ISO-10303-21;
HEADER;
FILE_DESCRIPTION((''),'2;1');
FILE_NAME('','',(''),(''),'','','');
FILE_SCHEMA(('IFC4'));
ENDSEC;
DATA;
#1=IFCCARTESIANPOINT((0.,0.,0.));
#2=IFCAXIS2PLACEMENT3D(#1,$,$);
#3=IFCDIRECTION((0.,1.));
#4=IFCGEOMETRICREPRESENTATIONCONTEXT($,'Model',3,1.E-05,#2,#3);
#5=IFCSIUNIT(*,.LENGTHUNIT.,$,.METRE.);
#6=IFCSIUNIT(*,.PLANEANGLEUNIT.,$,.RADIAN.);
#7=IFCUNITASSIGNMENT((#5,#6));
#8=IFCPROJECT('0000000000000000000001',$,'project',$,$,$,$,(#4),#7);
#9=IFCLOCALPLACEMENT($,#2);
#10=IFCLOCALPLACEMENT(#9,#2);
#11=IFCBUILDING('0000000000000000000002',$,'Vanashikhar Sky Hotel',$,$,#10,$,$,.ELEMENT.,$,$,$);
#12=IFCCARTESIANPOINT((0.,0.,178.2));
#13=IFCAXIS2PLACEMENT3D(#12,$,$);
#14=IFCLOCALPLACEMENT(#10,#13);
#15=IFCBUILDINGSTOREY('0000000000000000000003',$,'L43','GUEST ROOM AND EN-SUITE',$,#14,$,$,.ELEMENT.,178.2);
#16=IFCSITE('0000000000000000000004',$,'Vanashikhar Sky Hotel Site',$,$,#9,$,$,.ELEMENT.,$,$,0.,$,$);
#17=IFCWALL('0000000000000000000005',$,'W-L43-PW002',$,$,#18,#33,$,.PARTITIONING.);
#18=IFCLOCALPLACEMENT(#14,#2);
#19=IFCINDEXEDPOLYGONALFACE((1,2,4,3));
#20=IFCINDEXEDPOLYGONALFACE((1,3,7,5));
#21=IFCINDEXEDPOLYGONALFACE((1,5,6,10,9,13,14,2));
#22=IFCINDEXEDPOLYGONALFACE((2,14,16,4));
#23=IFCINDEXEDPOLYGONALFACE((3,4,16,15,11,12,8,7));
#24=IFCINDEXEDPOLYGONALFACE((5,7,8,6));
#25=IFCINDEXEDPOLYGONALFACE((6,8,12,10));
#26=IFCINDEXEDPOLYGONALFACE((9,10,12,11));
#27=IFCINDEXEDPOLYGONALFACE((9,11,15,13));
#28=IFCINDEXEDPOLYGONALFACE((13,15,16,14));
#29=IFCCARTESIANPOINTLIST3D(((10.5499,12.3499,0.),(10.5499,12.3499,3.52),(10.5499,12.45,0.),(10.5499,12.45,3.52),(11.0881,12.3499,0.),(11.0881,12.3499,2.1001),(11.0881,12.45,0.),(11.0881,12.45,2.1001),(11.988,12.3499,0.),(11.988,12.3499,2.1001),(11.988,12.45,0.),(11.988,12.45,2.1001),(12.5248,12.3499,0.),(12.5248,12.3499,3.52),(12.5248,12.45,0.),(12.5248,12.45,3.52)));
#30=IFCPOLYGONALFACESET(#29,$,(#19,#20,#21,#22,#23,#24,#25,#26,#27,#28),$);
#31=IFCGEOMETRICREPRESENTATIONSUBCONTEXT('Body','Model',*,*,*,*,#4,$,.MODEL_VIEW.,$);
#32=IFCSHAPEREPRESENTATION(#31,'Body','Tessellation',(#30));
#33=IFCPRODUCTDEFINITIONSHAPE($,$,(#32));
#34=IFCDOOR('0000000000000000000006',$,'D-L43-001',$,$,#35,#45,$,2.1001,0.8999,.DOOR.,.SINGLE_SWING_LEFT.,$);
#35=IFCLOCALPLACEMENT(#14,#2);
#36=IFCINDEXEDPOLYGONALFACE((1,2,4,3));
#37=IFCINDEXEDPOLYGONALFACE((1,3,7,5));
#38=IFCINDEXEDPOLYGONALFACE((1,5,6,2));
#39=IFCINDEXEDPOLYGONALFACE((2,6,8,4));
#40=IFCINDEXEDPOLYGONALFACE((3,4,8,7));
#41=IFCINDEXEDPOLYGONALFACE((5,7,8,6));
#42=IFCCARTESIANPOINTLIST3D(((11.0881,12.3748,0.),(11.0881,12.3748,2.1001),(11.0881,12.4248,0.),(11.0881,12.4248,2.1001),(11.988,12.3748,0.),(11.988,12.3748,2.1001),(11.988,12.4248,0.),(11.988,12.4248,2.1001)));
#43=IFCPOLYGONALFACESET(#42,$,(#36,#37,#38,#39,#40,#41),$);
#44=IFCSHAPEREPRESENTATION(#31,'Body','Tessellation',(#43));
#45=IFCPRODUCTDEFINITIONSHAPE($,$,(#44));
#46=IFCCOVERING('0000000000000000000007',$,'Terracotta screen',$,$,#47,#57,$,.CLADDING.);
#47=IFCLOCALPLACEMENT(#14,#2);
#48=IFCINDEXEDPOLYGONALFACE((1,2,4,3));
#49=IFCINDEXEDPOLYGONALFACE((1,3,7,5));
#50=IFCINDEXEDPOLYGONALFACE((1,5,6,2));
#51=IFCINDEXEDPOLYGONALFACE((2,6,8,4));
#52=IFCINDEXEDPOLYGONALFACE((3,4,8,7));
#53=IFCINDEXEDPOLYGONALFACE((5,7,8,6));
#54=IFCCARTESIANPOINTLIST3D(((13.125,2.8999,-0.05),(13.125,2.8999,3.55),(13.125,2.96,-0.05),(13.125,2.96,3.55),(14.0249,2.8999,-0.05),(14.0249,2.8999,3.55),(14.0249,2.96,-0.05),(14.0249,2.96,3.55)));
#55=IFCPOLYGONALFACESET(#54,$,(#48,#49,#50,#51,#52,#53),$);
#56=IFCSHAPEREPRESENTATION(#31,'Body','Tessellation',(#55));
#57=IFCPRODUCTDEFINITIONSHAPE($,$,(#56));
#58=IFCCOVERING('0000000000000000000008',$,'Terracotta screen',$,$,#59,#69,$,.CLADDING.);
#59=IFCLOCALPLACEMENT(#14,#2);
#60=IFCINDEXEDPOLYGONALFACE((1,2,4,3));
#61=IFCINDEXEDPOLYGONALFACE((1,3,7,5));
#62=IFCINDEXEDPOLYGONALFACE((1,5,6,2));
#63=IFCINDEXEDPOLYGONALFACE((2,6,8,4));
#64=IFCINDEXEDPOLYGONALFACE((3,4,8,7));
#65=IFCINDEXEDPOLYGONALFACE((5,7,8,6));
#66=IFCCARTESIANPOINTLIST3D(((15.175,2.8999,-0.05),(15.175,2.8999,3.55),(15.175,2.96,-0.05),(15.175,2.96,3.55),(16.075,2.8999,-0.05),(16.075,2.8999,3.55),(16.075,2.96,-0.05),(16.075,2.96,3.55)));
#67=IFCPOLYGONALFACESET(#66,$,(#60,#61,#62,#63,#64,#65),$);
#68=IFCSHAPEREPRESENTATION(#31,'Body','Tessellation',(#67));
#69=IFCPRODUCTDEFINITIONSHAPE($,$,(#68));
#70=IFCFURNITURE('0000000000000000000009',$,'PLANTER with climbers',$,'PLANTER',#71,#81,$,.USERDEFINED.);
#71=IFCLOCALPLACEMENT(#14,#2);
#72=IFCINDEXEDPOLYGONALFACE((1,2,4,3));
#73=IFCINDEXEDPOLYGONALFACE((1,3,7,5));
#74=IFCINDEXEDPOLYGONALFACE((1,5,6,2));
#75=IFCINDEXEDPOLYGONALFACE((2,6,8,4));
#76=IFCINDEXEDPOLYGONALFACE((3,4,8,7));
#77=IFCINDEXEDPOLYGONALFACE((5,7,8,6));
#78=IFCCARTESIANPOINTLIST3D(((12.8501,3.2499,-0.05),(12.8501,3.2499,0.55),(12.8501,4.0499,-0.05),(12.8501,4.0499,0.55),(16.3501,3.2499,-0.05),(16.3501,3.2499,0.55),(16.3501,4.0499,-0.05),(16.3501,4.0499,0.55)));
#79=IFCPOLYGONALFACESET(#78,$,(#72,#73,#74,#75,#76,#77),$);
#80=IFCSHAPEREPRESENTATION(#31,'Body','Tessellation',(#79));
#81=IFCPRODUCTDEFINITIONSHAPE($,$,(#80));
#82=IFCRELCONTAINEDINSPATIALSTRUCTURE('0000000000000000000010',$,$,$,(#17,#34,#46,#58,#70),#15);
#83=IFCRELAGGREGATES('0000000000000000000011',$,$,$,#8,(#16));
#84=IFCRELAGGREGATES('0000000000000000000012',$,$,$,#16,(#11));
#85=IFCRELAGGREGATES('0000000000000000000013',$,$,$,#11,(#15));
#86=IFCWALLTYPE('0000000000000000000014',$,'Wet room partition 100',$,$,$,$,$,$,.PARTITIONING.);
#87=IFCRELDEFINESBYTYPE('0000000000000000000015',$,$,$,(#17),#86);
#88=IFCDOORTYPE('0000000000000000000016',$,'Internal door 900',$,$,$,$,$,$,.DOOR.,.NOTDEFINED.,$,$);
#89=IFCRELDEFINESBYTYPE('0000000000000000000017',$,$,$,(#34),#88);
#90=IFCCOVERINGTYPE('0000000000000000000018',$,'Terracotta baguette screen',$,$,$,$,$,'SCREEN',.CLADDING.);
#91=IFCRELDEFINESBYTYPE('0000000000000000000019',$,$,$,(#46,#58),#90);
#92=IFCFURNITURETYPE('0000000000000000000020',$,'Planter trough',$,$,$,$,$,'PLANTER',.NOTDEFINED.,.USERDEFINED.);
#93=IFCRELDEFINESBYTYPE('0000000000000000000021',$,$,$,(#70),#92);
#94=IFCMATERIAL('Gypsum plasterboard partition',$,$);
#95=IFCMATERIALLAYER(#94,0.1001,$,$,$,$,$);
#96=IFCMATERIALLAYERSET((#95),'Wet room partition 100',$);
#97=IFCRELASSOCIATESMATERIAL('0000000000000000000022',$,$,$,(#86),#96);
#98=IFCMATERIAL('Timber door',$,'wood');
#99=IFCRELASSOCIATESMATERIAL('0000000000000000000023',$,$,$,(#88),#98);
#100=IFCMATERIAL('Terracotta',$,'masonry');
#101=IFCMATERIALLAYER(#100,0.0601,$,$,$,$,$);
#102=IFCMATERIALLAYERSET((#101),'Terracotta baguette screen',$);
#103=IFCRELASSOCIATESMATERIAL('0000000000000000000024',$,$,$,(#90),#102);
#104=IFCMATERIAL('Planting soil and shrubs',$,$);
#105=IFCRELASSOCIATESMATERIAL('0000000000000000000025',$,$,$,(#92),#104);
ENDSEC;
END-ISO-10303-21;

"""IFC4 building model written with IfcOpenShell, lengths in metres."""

from ifc_helpers import new_model, si_unit, direction, frame, frame_2d, origin, origin_2d, place, context, subcontext, project, spatial, rectangle, extrude, source, transform, mapped, material, layer, layer_set, type_object, element, fill, save


model = new_model("IFC4")

# Units and contexts
model_context = context("Model", 3, precision=1e-05, world=origin(), true_north=direction((0.0, 1.0)))
body_context = subcontext(model_context, "Body", "Model", "MODEL_VIEW")
ifc_project = project(units=[si_unit("LENGTHUNIT", "METRE"), si_unit("PLANEANGLEUNIT", "RADIAN")], contexts=[model_context])

# Site, building, storey
site_placement = place(None, origin())
site = spatial("IfcSite", under=ifc_project, at=site_placement, Name="Vanashikhar Sky Hotel Site", CompositionType="ELEMENT", RefElevation=0.0)
building_placement = place(site_placement, origin())
building = spatial("IfcBuilding", under=site, at=building_placement, Name="Vanashikhar Sky Hotel", CompositionType="ELEMENT")
storey_placement = place(building_placement, frame((0.0, 0.0, 178.2)))
storey = spatial("IfcBuildingStorey", under=building, at=storey_placement, Name="L43", Description="GUEST ROOM AND EN-SUITE", CompositionType="ELEMENT", Elevation=178.2)

# Shared definitions
ifc_material_1 = material(Name="Gypsum plasterboard partition")

# Wall, opening, door
ifc_layer_1 = layer(ifc_material_1, 0.1001)
ifc_layer_set_1 = layer_set([ifc_layer_1], Name="Wet room partition 100")
wall_type_1 = type_object("IfcWallType", Name="Wet room partition 100", PredefinedType="PARTITIONING", material=ifc_layer_set_1)
shared_shape_1 = source(origin(), body_context, "Body", "SweptSolid", [
    extrude(rectangle(XDim=0.8999, YDim=2.1001, at=frame_2d((0.45, 1.05))), frame((0.0, 0.0601, 0.0), z_axis=(0.0, -1.0, 0.0), x_axis=(1.0, 0.0, 0.0)), (0.0, 0.0, 1.0), 0.1201),
])
ifc_material_2 = material(Name="Timber door", Category="wood")
door_type_1 = type_object("IfcDoorType", Name="Internal door 900", OperationType="NOTDEFINED", PredefinedType="DOOR", material=ifc_material_2)
shared_shape_2 = source(origin(), body_context, "Body", "SweptSolid", [
    extrude(rectangle(XDim=0.8999, YDim=2.1001, at=frame_2d((0.45, 1.05))), frame((0.0, 0.0249, 0.0), z_axis=(0.0, -1.0, 0.0), x_axis=(1.0, 0.0, 0.0)), (0.0, 0.0, 1.0), 0.05),
])
shared_shape_3 = source(origin(), body_context, "Body", "SweptSolid", [
    extrude(rectangle(XDim=1.9749, YDim=0.1001, at=frame_2d((0.9873, 0.0))), origin(), (0.0, 0.0, 1.0), 3.52),
])
wall_1_placement = place(storey_placement, frame((10.55, 12.3999, 0.0), z_axis=(0.0, 0.0, 1.0), x_axis=(1.0, 0.0, 0.0)))
wall_1 = element("IfcWall", 1, at=wall_1_placement, inside=storey, type_object=wall_type_1, Name="W-L43-PW002", PredefinedType="PARTITIONING", context=body_context, shape_type="MappedRepresentation", body=[
    mapped(shared_shape_3, transform((0.0, 0.0, 0.0), scale=1.0)),
])
opening_1_placement = place(wall_1_placement, frame((0.5381, 0.0, 0.0)))
opening_1 = element("IfcOpeningElement", 2, at=opening_1_placement, cuts=wall_1, PredefinedType="OPENING", context=body_context, shape_type="MappedRepresentation", body=[
    mapped(shared_shape_1, transform((0.0, 0.0, 0.0), scale=1.0)),
])
door_1_placement = place(opening_1_placement, origin())
door_1 = element("IfcDoor", 3, at=door_1_placement, inside=storey, type_object=door_type_1, Name="D-L43-001", OperationType="SINGLE_SWING_LEFT", OverallHeight=2.1001, OverallWidth=0.8999, PredefinedType="DOOR", context=body_context, shape_type="MappedRepresentation", body=[
    mapped(shared_shape_2, transform((0.0, 0.0, 0.0), scale=1.0)),
])
fill(opening_1, door_1)

# Coverings
ifc_material_3 = material(Name="Terracotta", Category="masonry")
ifc_layer_2 = layer(ifc_material_3, 0.0601)
ifc_layer_set_2 = layer_set([ifc_layer_2], Name="Terracotta baguette screen")
covering_type = type_object("IfcCoveringType", Name="Terracotta baguette screen", ElementType="SCREEN", PredefinedType="CLADDING", material=ifc_layer_set_2)
shared_shape_4 = source(origin(), body_context, "Body", "SweptSolid", [
    extrude(rectangle(XDim=0.8999, YDim=0.0601, at=origin_2d()), origin(), (0.0, 0.0, 1.0), 3.6001),
])
for number, where, z_axis, x_axis, name in (
    (4, (13.575, 2.9299, -0.05), (0.0, 0.0, 1.0), (1.0, 0.0, 0.0), "Terracotta screen"),
    (5, (15.625, 2.9299, -0.05), (0.0, 0.0, 1.0), (1.0, 0.0, 0.0), "Terracotta screen"),
):
    element("IfcCovering", number, at=place(storey_placement, frame(where, z_axis=z_axis, x_axis=x_axis)), inside=storey, type_object=covering_type, Name=name, PredefinedType="CLADDING", context=body_context, shape_type="MappedRepresentation", body=[
        mapped(shared_shape_4, transform((0.0, 0.0, 0.0), scale=1.0)),
    ])

# Furniture
ifc_material_4 = material(Name="Planting soil and shrubs")
furniture_type = type_object("IfcFurnitureType", Name="Planter trough", ElementType="PLANTER", AssemblyPlace="NOTDEFINED", PredefinedType="USERDEFINED", material=ifc_material_4)
shared_shape_5 = source(origin(), body_context, "Body", "SweptSolid", [
    extrude(rectangle(XDim=3.5, YDim=0.8, at=origin_2d()), origin(), (0.0, 0.0, 1.0), 0.6001),
])
furniture_placement = place(storey_placement, frame((14.6001, 3.6499, -0.05), z_axis=(0.0, 0.0, 1.0), x_axis=(1.0, 0.0, 0.0)))
element("IfcFurniture", 6, at=furniture_placement, inside=storey, type_object=furniture_type, Name="PLANTER with climbers", ObjectType="PLANTER", PredefinedType="USERDEFINED", context=body_context, shape_type="MappedRepresentation", body=[
    mapped(shared_shape_5, transform((0.0, 0.0, 0.0), scale=1.0)),
])

save(model, "model.ifc")
